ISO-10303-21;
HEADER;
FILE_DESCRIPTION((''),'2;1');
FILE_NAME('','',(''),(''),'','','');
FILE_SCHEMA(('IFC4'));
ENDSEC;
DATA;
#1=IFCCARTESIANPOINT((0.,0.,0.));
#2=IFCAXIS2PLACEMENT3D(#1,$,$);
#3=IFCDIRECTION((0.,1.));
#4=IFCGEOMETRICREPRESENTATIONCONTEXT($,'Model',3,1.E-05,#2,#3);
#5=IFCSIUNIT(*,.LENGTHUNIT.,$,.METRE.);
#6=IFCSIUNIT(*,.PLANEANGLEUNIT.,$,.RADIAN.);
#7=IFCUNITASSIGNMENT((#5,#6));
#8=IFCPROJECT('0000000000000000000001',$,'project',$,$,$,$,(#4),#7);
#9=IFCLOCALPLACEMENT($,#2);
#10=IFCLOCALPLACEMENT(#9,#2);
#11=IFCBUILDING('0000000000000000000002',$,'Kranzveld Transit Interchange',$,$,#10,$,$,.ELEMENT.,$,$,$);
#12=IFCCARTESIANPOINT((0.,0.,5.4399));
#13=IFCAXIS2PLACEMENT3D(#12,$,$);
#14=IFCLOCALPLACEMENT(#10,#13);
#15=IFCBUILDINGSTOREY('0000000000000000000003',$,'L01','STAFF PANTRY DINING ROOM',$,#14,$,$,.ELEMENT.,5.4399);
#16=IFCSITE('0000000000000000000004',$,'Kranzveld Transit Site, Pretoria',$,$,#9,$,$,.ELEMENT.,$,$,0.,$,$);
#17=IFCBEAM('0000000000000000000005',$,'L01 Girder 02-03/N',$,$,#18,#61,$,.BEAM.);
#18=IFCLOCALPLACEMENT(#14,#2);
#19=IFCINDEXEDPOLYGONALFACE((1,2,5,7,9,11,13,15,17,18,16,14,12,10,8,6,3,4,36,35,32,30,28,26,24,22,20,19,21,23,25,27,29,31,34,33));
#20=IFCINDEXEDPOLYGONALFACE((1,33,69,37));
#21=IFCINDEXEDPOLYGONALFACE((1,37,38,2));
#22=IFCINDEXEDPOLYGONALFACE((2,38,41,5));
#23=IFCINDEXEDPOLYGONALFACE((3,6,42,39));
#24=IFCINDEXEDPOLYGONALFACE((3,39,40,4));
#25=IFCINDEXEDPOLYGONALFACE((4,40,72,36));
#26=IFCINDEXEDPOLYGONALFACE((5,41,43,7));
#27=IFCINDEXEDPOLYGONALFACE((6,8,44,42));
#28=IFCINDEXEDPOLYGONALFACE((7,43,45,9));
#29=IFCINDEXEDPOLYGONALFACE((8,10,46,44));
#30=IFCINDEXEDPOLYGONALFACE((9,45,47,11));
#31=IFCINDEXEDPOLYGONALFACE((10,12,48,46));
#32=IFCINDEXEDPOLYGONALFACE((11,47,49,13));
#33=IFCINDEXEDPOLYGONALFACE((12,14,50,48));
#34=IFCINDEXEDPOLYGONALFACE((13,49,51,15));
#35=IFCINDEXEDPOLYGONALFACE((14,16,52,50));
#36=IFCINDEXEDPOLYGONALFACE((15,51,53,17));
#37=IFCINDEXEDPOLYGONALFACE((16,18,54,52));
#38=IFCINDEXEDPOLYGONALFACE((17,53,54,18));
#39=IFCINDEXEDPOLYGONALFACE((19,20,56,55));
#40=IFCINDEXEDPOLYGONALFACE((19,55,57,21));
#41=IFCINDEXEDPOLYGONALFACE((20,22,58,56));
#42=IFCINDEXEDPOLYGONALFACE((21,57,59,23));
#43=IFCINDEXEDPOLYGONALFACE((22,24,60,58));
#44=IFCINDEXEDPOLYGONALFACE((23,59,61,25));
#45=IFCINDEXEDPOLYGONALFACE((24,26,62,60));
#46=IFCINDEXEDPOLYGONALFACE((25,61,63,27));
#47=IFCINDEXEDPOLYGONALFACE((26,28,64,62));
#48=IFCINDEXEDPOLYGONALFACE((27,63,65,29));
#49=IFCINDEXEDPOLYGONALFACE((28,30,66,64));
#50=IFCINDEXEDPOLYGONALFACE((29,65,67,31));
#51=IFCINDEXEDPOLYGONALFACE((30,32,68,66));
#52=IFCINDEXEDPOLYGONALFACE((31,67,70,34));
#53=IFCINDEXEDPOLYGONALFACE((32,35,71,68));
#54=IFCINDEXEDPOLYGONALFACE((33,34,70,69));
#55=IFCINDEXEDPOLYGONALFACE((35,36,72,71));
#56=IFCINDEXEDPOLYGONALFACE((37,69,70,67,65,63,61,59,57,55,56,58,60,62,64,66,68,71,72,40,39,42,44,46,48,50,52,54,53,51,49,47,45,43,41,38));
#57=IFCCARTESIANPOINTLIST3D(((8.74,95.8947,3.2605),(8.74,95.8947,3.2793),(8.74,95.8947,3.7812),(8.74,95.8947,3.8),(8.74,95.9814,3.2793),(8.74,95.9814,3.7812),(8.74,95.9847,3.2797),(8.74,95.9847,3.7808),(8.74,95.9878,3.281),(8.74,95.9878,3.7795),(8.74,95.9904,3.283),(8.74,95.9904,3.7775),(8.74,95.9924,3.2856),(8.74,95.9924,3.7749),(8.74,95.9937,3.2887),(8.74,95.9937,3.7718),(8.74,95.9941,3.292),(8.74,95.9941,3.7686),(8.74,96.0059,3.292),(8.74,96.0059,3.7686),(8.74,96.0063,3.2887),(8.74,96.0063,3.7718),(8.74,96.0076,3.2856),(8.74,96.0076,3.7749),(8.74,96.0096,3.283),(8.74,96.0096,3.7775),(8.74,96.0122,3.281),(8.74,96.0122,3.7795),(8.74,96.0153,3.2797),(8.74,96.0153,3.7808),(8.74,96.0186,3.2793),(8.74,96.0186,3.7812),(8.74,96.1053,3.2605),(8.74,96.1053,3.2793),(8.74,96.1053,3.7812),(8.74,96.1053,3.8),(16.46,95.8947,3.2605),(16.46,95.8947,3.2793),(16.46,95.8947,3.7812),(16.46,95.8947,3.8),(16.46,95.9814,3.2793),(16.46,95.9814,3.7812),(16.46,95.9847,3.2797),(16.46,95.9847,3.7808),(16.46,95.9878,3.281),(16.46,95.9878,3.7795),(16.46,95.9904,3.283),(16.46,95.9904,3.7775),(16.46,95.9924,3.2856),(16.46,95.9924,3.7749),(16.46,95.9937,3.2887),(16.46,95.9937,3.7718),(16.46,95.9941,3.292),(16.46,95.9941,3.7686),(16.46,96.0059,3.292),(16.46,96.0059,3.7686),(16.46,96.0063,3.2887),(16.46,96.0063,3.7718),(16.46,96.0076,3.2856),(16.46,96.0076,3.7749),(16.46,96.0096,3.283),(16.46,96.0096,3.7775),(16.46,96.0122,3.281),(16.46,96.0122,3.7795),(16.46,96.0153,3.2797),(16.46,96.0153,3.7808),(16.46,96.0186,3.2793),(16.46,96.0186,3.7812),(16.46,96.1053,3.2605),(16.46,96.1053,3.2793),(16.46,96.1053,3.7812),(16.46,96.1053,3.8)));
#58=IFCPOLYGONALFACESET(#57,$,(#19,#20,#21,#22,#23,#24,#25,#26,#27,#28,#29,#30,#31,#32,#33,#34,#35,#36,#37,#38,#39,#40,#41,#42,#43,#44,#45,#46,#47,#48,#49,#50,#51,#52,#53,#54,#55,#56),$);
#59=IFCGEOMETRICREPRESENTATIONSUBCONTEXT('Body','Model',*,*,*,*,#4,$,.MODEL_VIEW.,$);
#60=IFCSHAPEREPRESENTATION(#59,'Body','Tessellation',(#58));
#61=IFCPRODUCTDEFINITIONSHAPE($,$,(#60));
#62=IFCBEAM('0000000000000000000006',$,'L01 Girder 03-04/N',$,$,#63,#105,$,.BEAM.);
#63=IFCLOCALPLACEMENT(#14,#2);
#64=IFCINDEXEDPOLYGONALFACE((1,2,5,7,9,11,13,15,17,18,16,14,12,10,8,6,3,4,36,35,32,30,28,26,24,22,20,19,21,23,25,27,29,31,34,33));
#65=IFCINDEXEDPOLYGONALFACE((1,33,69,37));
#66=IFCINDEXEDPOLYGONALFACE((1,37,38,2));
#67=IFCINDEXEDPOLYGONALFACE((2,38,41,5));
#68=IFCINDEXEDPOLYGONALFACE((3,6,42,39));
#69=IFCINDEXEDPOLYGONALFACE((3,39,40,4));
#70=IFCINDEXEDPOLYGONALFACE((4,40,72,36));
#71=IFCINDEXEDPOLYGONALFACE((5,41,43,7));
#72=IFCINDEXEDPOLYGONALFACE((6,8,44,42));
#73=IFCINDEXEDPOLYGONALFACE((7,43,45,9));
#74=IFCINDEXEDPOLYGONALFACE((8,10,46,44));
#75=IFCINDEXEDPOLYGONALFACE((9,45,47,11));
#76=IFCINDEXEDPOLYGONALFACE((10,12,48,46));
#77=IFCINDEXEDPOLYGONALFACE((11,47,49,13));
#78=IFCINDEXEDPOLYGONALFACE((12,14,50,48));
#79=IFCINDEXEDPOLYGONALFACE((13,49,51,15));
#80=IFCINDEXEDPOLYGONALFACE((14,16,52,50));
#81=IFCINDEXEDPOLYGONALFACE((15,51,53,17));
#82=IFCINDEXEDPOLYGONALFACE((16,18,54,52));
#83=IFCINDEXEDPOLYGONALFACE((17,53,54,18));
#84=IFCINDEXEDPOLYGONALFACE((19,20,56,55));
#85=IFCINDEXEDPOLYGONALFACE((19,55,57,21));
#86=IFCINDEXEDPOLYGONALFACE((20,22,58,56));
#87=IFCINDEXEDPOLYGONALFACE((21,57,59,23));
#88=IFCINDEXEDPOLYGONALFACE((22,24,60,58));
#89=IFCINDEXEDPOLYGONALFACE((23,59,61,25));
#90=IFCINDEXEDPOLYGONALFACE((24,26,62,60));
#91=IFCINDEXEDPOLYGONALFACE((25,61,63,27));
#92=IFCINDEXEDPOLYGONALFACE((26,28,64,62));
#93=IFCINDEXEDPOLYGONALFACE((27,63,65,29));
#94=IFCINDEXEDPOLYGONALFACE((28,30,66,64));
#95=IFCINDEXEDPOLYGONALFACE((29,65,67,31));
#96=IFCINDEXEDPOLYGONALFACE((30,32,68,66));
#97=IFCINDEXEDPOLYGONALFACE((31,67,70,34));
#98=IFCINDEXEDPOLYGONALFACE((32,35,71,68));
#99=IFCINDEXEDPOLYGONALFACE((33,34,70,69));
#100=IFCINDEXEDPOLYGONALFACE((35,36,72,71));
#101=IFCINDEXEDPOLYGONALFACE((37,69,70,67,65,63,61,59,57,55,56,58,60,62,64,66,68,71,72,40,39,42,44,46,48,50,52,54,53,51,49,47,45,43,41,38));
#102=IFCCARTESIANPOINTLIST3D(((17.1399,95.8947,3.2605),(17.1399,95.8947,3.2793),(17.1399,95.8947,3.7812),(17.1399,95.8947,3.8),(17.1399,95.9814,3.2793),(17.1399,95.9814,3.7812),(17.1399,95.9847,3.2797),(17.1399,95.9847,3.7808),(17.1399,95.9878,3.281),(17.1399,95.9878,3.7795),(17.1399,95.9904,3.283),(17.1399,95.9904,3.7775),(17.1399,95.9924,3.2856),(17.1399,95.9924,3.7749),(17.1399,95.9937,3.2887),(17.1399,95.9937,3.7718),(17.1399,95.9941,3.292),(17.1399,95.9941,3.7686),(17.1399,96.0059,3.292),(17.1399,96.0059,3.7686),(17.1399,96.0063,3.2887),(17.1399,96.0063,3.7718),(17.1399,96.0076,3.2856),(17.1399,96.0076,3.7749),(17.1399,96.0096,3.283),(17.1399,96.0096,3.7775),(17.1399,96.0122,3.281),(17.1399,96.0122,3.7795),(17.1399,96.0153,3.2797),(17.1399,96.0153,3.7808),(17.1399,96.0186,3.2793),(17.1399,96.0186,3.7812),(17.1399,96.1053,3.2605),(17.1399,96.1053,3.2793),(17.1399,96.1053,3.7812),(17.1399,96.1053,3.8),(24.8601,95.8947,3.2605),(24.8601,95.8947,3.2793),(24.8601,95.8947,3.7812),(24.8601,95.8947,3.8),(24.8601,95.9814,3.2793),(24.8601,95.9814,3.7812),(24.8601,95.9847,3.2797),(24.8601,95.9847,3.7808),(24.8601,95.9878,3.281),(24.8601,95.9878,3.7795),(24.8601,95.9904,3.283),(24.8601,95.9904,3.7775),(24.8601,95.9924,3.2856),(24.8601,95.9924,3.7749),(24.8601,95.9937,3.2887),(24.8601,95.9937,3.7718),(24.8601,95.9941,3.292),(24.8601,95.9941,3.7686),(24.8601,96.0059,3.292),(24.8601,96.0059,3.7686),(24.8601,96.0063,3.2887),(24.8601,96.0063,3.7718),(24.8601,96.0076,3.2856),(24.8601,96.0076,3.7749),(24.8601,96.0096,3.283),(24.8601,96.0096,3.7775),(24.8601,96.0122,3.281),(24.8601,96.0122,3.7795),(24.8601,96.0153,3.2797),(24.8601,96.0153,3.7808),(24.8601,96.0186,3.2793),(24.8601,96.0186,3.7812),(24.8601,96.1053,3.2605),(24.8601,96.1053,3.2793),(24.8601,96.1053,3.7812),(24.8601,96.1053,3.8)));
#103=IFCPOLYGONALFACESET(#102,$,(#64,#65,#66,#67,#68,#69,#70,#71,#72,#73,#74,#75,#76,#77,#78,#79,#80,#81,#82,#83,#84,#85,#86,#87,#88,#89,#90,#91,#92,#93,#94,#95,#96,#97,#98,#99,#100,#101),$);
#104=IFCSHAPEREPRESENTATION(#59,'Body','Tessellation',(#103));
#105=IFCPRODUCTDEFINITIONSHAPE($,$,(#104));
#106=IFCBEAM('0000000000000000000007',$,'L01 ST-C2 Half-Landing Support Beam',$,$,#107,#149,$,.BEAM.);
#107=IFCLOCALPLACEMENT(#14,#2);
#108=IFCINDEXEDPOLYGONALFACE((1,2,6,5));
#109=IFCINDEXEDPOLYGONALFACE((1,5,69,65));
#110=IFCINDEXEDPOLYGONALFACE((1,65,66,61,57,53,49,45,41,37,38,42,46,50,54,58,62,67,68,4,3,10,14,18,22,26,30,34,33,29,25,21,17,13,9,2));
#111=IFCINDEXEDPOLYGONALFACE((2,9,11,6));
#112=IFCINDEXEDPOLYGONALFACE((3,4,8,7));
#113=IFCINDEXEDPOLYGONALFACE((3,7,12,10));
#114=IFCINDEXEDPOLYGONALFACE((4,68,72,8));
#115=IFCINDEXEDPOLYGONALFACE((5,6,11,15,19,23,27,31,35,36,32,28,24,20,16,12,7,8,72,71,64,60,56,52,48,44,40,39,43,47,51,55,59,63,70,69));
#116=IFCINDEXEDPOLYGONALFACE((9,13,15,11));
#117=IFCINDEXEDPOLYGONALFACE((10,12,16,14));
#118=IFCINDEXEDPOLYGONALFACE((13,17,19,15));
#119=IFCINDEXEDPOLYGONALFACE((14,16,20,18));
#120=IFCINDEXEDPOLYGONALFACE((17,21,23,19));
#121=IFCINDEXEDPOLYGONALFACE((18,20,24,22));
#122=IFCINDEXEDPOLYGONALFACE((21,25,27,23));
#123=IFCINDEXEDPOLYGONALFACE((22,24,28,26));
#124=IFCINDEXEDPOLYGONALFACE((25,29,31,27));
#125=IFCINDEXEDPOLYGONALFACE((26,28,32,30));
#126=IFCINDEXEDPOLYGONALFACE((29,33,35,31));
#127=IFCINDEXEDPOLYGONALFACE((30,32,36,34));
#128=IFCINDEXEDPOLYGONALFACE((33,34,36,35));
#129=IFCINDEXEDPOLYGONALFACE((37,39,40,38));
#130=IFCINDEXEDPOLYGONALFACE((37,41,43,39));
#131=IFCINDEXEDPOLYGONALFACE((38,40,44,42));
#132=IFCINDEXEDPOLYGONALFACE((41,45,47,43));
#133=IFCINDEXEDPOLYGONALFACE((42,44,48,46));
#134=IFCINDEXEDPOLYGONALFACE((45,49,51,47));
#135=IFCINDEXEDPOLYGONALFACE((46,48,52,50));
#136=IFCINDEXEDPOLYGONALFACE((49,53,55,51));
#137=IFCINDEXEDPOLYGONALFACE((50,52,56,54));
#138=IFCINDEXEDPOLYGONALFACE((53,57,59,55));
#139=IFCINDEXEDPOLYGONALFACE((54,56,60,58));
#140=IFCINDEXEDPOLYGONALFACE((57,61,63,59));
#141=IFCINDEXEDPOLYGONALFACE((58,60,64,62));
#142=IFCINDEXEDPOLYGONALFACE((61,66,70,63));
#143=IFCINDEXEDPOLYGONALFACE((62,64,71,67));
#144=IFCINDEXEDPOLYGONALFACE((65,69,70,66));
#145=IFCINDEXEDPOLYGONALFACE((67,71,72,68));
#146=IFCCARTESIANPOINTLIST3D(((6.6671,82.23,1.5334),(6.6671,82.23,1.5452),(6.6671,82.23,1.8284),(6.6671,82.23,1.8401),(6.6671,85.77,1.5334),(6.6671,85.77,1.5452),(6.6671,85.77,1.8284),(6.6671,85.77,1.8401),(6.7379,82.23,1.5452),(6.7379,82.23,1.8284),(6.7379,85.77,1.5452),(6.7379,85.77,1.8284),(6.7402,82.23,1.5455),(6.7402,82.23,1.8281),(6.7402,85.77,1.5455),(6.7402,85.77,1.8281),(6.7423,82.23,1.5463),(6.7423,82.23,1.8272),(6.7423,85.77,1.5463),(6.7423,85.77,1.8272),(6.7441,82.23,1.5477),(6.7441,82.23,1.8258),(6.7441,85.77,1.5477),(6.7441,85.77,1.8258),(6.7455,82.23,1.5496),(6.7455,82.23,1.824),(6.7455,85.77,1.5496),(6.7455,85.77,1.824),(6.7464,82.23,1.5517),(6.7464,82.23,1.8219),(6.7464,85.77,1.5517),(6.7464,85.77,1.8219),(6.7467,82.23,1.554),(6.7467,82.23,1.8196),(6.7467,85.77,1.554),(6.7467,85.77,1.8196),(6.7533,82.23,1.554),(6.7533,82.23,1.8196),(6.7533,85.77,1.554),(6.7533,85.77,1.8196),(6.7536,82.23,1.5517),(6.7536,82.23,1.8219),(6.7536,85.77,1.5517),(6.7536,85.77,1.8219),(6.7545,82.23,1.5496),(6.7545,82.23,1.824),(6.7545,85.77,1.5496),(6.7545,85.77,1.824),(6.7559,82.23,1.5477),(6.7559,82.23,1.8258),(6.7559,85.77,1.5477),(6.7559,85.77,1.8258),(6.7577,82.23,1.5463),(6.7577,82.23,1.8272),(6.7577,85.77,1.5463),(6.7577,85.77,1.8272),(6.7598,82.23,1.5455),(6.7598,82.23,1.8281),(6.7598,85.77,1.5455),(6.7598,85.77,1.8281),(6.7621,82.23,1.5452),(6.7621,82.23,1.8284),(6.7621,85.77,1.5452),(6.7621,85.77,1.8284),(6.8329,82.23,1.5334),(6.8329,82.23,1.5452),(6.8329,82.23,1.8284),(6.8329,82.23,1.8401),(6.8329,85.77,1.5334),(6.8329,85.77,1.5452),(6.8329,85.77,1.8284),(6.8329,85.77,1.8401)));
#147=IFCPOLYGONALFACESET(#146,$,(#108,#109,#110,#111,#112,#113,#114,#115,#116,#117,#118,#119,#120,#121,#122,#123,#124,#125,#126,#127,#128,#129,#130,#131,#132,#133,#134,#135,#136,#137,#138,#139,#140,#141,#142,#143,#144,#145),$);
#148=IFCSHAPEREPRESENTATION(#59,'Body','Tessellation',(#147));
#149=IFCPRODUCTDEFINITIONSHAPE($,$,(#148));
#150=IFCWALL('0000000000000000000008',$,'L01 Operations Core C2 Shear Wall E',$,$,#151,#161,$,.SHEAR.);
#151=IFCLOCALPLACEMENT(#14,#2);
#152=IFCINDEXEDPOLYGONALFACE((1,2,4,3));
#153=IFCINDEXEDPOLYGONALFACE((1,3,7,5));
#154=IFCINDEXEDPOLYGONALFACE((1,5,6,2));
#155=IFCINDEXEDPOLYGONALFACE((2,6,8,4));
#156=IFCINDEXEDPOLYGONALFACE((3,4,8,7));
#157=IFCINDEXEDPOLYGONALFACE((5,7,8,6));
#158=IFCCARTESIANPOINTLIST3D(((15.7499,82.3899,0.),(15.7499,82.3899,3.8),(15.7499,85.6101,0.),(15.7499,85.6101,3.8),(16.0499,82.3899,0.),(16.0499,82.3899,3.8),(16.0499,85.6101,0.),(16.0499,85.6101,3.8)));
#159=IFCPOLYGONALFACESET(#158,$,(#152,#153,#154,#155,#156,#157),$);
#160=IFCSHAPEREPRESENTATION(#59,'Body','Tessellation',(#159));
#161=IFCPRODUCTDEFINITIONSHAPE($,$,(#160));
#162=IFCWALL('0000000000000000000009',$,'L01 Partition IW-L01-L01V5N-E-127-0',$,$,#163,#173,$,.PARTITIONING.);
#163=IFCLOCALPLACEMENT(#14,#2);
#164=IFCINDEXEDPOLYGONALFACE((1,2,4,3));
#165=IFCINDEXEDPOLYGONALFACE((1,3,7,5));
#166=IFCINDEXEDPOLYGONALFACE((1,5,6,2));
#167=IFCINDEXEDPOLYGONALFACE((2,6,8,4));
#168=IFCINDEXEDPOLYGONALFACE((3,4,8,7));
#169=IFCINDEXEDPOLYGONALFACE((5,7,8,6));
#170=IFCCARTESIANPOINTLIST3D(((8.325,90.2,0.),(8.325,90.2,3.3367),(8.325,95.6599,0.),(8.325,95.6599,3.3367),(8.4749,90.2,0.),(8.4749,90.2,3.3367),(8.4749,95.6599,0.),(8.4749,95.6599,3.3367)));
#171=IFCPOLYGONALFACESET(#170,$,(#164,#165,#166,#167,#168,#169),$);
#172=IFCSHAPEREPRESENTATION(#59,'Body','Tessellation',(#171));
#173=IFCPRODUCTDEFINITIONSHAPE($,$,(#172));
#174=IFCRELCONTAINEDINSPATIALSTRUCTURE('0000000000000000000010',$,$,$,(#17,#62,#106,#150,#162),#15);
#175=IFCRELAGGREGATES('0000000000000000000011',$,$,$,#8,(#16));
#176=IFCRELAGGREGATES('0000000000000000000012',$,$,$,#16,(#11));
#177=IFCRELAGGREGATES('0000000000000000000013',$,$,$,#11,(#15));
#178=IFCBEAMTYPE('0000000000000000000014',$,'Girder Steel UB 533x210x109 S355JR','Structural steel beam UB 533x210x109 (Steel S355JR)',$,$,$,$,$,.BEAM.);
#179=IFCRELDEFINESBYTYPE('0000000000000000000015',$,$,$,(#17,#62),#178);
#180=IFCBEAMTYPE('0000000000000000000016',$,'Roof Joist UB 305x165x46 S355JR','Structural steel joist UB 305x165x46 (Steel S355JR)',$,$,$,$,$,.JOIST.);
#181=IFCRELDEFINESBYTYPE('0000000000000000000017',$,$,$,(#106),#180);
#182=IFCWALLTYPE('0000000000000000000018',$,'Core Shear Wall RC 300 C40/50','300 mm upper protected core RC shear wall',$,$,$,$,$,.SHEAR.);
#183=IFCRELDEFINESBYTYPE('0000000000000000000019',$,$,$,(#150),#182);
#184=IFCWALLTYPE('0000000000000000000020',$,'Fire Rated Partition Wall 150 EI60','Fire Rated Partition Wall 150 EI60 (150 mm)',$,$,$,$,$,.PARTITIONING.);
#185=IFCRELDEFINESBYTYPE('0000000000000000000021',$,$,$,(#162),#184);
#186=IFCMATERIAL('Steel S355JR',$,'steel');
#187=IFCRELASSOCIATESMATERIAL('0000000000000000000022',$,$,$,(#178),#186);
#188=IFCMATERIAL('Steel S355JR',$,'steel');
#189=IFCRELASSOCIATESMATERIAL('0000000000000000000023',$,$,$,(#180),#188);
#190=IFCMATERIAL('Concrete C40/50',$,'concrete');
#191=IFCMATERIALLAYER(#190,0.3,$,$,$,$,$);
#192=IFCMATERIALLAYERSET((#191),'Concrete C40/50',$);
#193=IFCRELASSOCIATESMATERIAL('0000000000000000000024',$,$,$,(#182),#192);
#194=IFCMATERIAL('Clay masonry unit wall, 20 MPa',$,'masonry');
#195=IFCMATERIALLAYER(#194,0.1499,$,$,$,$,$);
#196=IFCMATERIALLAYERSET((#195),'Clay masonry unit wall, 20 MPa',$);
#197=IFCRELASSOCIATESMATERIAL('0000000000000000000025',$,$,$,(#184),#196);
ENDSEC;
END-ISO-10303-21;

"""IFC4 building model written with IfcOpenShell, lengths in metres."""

from ifc_helpers import new_model, si_unit, direction, frame, frame_2d, origin, origin_2d, place, context, subcontext, project, spatial, rectangle, i_section, extrude, material, layer, layer_set, material_profile, profile_set, type_object, element, save


model = new_model("IFC4")

# Units and contexts
model_context = context("Model", 3, precision=1e-05, world=origin(), true_north=direction((0.0, 1.0)))
body_context = subcontext(model_context, "Body", "Model", "MODEL_VIEW")
ifc_project = project(units=[si_unit("LENGTHUNIT", "METRE"), si_unit("PLANEANGLEUNIT", "RADIAN")], contexts=[model_context])

# Site, building, storey
site_placement = place(None, origin())
site = spatial("IfcSite", under=ifc_project, at=site_placement, Name="Kranzveld Transit Site, Pretoria", CompositionType="ELEMENT", RefElevation=0.0)
building_placement = place(site_placement, origin())
building = spatial("IfcBuilding", under=site, at=building_placement, Name="Kranzveld Transit Interchange", CompositionType="ELEMENT")
storey_placement = place(building_placement, frame((0.0, 0.0, 5.4399)))
storey = spatial("IfcBuildingStorey", under=building, at=storey_placement, Name="L01", Description="STAFF PANTRY DINING ROOM", CompositionType="ELEMENT", Elevation=5.4399)

# Beams
ifc_material_1 = material(Name="Steel S355JR", Category="steel")
ifc_material_profile_1 = material_profile(ifc_material_1, i_section(OverallWidth=0.2107, OverallDepth=0.5396, WebThickness=0.0117, FlangeThickness=0.0188, FilletRadius=0.0127, at=origin_2d()), Name="UB 533x210x109")
ifc_profile_set_1 = profile_set([ifc_material_profile_1], Name="Steel S355JR")
beam_type_1 = type_object("IfcBeamType", Name="Girder Steel UB 533x210x109 S355JR", Description="Structural steel beam UB 533x210x109 (Steel S355JR)", PredefinedType="BEAM", material=ifc_profile_set_1)
beam_1_placement = place(storey_placement, frame((8.74, 96.0, 3.5303), z_axis=(1.0, 0.0, 0.0), x_axis=(0.0, 1.0, 0.0)))
element("IfcBeam", 1, at=beam_1_placement, inside=storey, type_object=beam_type_1, Name="L01 Girder 02-03/N", PredefinedType="BEAM", context=body_context, shape_type="SweptSolid", body=[
    extrude(i_section(OverallWidth=0.2107, OverallDepth=0.5396, WebThickness=0.0117, FlangeThickness=0.0188, FilletRadius=0.0127, at=origin_2d()), origin(), (0.0, 0.0, 1.0), 7.72),
])
beam_2_placement = place(storey_placement, frame((17.1399, 96.0, 3.5303), z_axis=(1.0, 0.0, 0.0), x_axis=(0.0, 1.0, 0.0)))
element("IfcBeam", 2, at=beam_2_placement, inside=storey, type_object=beam_type_1, Name="L01 Girder 03-04/N", PredefinedType="BEAM", context=body_context, shape_type="SweptSolid", body=[
    extrude(i_section(OverallWidth=0.2107, OverallDepth=0.5396, WebThickness=0.0117, FlangeThickness=0.0188, FilletRadius=0.0127, at=origin_2d()), origin(), (0.0, 0.0, 1.0), 7.7202),
])
ifc_material_2 = material(Name="Steel S355JR", Category="steel")
ifc_material_profile_2 = material_profile(ifc_material_2, i_section(OverallWidth=0.1658, OverallDepth=0.3066, WebThickness=0.0066, FlangeThickness=0.0117, FilletRadius=0.0088, at=origin_2d()), Name="UB 305x165x46")
ifc_profile_set_2 = profile_set([ifc_material_profile_2], Name="Steel S355JR")
beam_type_2 = type_object("IfcBeamType", Name="Roof Joist UB 305x165x46 S355JR", Description="Structural steel joist UB 305x165x46 (Steel S355JR)", PredefinedType="JOIST", material=ifc_profile_set_2)
beam_3_placement = place(storey_placement, frame((6.75, 82.23, 1.6868), z_axis=(0.0, 1.0, 0.0), x_axis=(-1.0, 0.0, 0.0)))
element("IfcBeam", 3, at=beam_3_placement, inside=storey, type_object=beam_type_2, Name="L01 ST-C2 Half-Landing Support Beam", PredefinedType="BEAM", context=body_context, shape_type="SweptSolid", body=[
    extrude(i_section(OverallWidth=0.1658, OverallDepth=0.3066, WebThickness=0.0066, FlangeThickness=0.0117, FilletRadius=0.0088, at=origin_2d()), origin(), (0.0, 0.0, 1.0), 3.54),
])

# Walls
ifc_material_3 = material(Name="Concrete C40/50", Category="concrete")
ifc_layer_1 = layer(ifc_material_3, 0.3)
ifc_layer_set_1 = layer_set([ifc_layer_1], Name="Concrete C40/50")
wall_type_1 = type_object("IfcWallType", Name="Core Shear Wall RC 300 C40/50", Description="300 mm upper protected core RC shear wall", PredefinedType="SHEAR", material=ifc_layer_set_1)
wall_1_placement = place(storey_placement, frame((15.8999, 82.3899, 0.0), z_axis=(0.0, 0.0, 1.0), x_axis=(0.0, 1.0, 0.0)))
element("IfcWall", 4, at=wall_1_placement, inside=storey, type_object=wall_type_1, Name="L01 Operations Core C2 Shear Wall E", PredefinedType="SHEAR", context=body_context, shape_type="SweptSolid", body=[
    extrude(rectangle(XDim=3.2202, YDim=0.3, at=frame_2d((1.6101, 0.0))), origin(), (0.0, 0.0, 1.0), 3.8),
])
ifc_material_4 = material(Name="Clay masonry unit wall, 20 MPa", Category="masonry")
ifc_layer_2 = layer(ifc_material_4, 0.1499)
ifc_layer_set_2 = layer_set([ifc_layer_2], Name="Clay masonry unit wall, 20 MPa")
wall_type_2 = type_object("IfcWallType", Name="Fire Rated Partition Wall 150 EI60", Description="Fire Rated Partition Wall 150 EI60 (150 mm)", PredefinedType="PARTITIONING", material=ifc_layer_set_2)
wall_2_placement = place(storey_placement, frame((8.3999, 90.2, 0.0), z_axis=(0.0, 0.0, 1.0), x_axis=(0.0, 1.0, 0.0)))
element("IfcWall", 5, at=wall_2_placement, inside=storey, type_object=wall_type_2, Name="L01 Partition IW-L01-L01V5N-E-127-0", PredefinedType="PARTITIONING", context=body_context, shape_type="SweptSolid", body=[
    extrude(rectangle(XDim=5.46, YDim=0.1499, at=frame_2d((2.73, 0.0))), origin(), (0.0, 0.0, 1.0), 3.3367),
])

save(model, "model.ifc")
